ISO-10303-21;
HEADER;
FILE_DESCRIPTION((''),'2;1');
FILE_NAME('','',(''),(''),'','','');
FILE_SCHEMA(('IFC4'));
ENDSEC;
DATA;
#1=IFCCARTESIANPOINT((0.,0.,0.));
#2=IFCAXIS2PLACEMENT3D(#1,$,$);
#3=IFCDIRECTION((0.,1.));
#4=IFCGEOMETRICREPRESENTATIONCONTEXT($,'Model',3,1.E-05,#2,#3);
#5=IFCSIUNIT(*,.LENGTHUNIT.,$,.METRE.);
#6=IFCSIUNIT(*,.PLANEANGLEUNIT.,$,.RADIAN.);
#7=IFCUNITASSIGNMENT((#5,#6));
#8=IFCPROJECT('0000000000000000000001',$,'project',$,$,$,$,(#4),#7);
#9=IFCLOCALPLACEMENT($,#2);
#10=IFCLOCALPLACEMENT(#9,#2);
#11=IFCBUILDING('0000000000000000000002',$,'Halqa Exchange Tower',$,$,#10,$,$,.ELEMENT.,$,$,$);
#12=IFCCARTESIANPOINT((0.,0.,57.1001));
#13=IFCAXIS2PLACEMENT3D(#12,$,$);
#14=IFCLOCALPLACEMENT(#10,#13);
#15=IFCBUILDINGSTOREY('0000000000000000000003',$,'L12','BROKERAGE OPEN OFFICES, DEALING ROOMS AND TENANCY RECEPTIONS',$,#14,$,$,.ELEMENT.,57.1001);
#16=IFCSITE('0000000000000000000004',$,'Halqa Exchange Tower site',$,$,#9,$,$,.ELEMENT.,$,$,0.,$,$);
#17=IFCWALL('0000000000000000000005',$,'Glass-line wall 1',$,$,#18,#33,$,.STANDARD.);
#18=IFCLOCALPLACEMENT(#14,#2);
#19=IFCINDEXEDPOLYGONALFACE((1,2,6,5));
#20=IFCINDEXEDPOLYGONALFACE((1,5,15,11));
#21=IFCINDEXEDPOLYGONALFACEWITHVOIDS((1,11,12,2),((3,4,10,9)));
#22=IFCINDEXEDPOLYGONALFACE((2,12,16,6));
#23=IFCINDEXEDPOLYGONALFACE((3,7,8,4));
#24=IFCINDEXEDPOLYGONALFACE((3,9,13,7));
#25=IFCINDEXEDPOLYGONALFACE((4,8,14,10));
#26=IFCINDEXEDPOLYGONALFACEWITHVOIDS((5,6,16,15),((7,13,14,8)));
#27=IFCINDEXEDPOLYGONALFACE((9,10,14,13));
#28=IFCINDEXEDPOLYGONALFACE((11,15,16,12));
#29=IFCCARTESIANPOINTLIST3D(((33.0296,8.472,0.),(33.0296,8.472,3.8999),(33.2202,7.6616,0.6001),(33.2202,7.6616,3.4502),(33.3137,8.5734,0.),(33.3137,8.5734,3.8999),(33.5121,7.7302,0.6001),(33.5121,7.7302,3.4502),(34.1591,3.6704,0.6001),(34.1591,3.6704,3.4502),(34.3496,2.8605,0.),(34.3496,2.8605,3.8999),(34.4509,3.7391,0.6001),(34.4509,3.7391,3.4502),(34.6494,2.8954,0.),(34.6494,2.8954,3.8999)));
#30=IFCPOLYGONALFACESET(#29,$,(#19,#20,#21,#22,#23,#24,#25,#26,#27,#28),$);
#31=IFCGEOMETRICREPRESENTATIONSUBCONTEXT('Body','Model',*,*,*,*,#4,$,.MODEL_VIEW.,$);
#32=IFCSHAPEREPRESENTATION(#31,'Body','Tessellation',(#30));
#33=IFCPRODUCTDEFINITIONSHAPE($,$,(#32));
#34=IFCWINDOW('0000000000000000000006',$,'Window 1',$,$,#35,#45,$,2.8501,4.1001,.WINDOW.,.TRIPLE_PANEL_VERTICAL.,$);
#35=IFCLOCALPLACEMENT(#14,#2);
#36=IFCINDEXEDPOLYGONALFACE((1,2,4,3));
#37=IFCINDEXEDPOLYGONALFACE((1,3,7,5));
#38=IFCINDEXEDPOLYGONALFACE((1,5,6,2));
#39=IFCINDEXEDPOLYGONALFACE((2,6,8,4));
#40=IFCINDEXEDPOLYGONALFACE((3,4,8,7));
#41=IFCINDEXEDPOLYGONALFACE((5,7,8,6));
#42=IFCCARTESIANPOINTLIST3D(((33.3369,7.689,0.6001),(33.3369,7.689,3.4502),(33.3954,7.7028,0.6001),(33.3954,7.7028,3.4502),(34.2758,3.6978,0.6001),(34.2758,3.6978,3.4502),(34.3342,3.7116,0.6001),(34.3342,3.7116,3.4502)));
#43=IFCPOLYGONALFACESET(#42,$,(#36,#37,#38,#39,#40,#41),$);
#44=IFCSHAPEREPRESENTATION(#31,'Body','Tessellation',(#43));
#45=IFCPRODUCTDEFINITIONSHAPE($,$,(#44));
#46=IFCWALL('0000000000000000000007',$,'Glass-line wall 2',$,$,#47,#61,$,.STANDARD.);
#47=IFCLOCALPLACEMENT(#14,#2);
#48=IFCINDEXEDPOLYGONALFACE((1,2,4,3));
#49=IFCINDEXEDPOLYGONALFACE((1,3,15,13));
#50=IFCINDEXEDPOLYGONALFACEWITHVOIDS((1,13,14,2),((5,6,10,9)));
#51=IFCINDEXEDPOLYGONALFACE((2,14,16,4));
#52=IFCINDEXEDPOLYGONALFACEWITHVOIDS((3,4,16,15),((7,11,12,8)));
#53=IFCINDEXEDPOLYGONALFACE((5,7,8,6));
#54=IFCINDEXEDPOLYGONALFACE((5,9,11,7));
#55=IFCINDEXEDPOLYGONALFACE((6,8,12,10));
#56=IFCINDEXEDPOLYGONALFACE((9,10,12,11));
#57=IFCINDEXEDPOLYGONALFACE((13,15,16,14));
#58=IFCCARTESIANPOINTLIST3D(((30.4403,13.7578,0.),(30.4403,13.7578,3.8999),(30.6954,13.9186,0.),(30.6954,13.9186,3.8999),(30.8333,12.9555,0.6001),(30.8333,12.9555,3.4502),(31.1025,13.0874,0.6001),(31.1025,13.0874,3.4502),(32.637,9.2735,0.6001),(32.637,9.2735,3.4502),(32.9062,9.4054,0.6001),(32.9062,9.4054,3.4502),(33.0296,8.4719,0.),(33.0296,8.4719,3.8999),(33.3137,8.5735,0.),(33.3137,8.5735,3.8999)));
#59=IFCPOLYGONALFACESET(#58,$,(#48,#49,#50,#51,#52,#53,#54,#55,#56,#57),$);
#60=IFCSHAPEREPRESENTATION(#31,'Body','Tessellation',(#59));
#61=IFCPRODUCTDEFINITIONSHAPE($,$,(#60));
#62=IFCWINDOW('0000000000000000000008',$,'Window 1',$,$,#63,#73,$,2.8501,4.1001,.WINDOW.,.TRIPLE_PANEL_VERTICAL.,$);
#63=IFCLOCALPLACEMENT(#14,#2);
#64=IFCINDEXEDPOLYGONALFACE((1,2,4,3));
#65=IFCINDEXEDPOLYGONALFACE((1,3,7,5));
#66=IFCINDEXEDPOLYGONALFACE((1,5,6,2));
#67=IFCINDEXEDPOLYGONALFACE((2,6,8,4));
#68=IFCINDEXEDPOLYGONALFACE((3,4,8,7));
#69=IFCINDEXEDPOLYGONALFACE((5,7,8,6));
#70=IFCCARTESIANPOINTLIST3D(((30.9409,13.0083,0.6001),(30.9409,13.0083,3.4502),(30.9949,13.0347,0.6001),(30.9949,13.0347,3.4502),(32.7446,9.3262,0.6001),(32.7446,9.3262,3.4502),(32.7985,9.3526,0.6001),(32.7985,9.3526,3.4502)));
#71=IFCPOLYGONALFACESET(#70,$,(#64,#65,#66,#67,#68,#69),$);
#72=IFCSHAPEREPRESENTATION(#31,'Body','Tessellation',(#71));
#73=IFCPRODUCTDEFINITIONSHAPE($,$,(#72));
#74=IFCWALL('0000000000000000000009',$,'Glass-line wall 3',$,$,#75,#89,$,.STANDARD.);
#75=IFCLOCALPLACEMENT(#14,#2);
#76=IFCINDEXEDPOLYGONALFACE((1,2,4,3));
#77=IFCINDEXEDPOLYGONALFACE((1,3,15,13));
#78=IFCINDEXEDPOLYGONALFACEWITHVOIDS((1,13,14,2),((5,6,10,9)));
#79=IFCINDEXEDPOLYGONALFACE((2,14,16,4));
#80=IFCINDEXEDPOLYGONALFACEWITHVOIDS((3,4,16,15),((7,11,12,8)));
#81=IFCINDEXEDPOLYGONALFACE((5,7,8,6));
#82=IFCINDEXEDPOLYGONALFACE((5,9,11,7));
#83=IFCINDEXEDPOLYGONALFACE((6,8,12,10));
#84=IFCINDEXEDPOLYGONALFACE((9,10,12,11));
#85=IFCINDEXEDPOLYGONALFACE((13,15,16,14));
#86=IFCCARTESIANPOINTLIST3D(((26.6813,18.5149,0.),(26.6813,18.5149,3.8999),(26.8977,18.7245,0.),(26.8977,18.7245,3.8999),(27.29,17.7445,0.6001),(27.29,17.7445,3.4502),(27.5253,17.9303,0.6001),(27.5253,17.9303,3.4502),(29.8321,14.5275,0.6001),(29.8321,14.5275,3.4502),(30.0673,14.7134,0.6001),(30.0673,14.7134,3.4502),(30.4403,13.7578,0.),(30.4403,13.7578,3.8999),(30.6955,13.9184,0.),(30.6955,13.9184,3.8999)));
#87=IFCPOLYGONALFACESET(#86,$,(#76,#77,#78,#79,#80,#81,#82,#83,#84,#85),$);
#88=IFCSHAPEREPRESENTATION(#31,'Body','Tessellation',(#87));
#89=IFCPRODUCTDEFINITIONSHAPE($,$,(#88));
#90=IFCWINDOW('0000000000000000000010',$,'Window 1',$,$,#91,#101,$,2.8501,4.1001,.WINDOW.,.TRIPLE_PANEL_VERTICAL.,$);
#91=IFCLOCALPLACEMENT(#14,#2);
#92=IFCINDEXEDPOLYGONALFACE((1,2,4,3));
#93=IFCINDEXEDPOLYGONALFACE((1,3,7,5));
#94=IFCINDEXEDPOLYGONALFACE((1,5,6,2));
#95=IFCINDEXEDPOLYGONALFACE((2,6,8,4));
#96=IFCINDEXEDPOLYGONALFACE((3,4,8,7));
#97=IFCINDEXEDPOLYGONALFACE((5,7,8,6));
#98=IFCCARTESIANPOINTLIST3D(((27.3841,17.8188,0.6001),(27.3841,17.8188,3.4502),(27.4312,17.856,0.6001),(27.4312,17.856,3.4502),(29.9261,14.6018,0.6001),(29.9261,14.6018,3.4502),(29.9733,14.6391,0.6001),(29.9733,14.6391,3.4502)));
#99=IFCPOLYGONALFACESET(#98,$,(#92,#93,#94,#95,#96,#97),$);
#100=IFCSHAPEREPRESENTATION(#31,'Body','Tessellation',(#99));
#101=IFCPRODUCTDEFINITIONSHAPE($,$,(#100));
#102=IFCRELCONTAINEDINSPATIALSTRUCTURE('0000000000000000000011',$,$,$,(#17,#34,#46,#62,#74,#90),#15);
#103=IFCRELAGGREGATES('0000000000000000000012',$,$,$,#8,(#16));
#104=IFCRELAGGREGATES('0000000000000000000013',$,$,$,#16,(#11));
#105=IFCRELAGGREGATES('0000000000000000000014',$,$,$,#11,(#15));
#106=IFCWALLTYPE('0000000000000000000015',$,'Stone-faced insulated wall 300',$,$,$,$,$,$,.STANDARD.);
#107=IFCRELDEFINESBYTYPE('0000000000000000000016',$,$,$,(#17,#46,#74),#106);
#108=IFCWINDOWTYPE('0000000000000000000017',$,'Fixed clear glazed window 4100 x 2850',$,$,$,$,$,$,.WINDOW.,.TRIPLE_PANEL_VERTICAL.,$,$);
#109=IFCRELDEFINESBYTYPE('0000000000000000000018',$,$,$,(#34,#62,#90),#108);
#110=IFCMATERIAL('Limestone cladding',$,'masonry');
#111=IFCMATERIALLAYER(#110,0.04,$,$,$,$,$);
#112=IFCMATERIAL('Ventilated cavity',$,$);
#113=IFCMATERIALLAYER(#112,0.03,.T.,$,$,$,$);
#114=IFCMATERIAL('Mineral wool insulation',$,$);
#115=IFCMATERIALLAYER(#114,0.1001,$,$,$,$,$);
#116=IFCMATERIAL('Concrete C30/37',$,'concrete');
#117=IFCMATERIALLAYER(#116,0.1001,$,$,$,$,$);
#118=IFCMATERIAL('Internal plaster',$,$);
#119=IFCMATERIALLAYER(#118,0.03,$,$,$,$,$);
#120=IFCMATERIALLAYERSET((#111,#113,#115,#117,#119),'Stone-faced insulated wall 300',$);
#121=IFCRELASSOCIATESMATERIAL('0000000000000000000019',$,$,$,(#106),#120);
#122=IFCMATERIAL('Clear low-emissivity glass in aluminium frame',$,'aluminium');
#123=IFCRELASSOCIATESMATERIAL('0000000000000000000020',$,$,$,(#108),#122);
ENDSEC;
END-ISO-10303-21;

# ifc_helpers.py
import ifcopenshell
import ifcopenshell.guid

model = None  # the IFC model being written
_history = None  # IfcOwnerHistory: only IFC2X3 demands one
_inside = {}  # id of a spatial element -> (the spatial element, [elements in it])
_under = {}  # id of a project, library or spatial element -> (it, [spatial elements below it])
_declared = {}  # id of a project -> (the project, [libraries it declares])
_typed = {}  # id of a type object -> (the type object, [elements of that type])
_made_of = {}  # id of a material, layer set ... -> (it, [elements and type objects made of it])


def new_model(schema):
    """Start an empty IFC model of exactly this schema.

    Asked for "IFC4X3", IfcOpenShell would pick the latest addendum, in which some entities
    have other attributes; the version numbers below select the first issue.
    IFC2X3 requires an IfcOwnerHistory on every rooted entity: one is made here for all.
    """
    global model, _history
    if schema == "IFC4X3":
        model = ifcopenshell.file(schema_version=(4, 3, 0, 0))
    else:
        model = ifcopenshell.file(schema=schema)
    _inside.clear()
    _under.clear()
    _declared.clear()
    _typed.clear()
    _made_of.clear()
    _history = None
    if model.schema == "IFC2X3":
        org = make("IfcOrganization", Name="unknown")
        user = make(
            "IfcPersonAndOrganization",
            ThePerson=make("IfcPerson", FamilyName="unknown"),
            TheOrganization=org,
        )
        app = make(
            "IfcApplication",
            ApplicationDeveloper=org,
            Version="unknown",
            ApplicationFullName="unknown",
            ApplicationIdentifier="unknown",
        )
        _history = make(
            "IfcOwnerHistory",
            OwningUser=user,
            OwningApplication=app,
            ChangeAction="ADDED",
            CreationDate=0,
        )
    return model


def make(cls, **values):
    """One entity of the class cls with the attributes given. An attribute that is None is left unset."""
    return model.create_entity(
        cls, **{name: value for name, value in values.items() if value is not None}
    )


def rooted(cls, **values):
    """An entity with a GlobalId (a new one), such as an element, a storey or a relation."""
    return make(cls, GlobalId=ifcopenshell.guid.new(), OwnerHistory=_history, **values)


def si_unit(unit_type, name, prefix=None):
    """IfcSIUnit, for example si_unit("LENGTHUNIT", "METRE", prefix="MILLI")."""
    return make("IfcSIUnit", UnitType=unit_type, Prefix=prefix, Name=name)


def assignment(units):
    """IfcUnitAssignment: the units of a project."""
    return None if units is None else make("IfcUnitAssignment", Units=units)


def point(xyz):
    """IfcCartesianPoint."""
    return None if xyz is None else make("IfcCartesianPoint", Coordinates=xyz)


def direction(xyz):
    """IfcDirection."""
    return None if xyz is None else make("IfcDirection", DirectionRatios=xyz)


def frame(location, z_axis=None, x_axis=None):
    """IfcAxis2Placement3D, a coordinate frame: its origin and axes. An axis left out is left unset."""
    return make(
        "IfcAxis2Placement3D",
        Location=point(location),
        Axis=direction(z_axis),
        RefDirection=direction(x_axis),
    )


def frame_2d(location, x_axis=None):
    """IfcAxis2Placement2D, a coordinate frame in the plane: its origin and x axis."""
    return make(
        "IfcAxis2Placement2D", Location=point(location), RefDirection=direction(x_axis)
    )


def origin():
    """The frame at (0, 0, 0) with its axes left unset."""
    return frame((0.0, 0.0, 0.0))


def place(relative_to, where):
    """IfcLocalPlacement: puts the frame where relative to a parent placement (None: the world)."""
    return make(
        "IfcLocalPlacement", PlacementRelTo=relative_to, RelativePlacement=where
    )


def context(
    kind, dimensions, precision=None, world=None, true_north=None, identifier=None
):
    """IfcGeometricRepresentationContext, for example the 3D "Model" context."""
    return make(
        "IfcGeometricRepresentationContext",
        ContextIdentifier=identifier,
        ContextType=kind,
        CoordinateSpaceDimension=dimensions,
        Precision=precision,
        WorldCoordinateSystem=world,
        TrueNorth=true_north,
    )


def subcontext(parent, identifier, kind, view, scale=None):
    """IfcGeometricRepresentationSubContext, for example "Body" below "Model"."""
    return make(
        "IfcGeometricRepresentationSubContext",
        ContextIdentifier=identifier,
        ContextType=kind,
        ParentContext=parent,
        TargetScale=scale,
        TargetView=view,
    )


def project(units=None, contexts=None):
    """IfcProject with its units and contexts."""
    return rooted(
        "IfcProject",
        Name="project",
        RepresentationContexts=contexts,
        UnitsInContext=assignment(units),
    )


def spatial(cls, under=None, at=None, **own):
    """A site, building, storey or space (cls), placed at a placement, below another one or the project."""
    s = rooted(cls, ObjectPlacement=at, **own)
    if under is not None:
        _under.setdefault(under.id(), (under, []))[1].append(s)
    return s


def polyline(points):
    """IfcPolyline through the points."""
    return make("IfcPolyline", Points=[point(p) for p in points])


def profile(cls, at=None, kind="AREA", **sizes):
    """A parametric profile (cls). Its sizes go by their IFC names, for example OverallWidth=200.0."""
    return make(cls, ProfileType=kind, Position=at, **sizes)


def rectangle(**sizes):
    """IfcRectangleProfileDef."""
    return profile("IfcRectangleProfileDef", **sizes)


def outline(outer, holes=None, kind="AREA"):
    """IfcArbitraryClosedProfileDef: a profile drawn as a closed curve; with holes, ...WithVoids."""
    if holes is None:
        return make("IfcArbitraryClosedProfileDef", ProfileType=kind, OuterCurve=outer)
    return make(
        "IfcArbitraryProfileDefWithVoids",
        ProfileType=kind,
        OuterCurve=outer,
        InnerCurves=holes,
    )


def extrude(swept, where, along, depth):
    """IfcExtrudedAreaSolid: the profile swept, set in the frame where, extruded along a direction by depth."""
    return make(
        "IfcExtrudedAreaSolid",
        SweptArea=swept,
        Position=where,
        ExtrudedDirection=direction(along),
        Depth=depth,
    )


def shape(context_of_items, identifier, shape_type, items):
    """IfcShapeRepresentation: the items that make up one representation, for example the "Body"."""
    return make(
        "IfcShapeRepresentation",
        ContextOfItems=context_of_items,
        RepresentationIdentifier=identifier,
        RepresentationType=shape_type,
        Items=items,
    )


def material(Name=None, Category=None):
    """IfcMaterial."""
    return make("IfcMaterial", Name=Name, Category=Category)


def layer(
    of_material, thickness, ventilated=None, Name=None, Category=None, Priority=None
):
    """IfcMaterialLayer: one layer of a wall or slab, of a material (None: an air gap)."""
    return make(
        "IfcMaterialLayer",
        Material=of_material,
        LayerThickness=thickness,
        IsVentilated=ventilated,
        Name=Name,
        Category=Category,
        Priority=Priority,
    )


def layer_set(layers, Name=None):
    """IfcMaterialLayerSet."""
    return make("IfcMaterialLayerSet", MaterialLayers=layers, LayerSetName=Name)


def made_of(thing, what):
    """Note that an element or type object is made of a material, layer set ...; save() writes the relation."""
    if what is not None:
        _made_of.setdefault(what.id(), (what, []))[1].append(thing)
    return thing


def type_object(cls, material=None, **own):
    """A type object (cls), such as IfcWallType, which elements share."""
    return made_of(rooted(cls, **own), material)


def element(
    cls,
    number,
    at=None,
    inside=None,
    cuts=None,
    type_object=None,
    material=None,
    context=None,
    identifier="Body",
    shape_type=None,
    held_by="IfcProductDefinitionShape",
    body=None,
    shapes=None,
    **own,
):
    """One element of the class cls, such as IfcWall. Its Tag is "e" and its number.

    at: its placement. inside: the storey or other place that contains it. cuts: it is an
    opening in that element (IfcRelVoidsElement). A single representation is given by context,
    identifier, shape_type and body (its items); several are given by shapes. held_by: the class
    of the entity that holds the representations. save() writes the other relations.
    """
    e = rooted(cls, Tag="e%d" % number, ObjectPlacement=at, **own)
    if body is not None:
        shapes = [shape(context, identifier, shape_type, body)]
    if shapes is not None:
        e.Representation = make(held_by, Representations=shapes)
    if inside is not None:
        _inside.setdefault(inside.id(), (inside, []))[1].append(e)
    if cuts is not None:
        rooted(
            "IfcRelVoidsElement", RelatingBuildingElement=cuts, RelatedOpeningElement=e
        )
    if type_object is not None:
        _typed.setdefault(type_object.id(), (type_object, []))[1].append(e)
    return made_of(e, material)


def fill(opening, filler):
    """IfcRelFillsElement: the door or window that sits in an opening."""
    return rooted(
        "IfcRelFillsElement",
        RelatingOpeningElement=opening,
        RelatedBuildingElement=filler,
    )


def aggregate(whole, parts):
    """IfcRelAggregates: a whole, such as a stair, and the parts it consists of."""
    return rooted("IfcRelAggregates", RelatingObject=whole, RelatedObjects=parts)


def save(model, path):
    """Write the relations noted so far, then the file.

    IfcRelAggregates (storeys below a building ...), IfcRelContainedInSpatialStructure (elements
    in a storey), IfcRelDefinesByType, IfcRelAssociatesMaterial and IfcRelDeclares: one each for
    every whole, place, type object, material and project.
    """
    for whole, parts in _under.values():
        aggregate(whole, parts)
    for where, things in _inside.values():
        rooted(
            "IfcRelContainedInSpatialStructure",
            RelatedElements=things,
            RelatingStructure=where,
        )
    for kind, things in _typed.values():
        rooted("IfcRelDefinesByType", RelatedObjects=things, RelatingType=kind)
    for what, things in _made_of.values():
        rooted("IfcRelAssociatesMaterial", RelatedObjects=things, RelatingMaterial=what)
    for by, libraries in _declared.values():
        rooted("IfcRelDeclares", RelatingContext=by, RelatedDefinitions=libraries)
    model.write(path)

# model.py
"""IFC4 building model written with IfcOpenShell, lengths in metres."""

from ifc_helpers import new_model, si_unit, direction, frame, frame_2d, origin, place, context, subcontext, project, spatial, polyline, rectangle, outline, extrude, material, layer, layer_set, type_object, element, fill, save


model = new_model("IFC4")

# Units and contexts
model_context = context("Model", 3, precision=1e-05, world=origin(), true_north=direction((0.0, 1.0)))
body_context = subcontext(model_context, "Body", "Model", "MODEL_VIEW")
ifc_project = project(units=[si_unit("LENGTHUNIT", "METRE"), si_unit("PLANEANGLEUNIT", "RADIAN")], contexts=[model_context])

# Site, building, storey
site_placement = place(None, origin())
site = spatial("IfcSite", under=ifc_project, at=site_placement, Name="Halqa Exchange Tower site", CompositionType="ELEMENT", RefElevation=0.0)
building_placement = place(site_placement, origin())
building = spatial("IfcBuilding", under=site, at=building_placement, Name="Halqa Exchange Tower", CompositionType="ELEMENT")
storey_placement = place(building_placement, frame((0.0, 0.0, 57.1001)))
storey = spatial("IfcBuildingStorey", under=building, at=storey_placement, Name="L12", Description="BROKERAGE OPEN OFFICES, DEALING ROOMS AND TENANCY RECEPTIONS", CompositionType="ELEMENT", Elevation=57.1001)

# Walls, openings, windows
ifc_material_1 = material(Name="Limestone cladding", Category="masonry")
ifc_layer_1 = layer(ifc_material_1, 0.04)
ifc_material_2 = material(Name="Ventilated cavity")
ifc_layer_2 = layer(ifc_material_2, 0.03, ventilated=True)
ifc_material_3 = material(Name="Mineral wool insulation")
ifc_layer_3 = layer(ifc_material_3, 0.1001)
ifc_material_4 = material(Name="Concrete C30/37", Category="concrete")
ifc_layer_4 = layer(ifc_material_4, 0.1001)
ifc_material_5 = material(Name="Internal plaster")
ifc_layer_5 = layer(ifc_material_5, 0.03)
ifc_layer_set_1 = layer_set([ifc_layer_1, ifc_layer_2, ifc_layer_3, ifc_layer_4, ifc_layer_5], Name="Stone-faced insulated wall 300")
wall_type_1 = type_object("IfcWallType", Name="Stone-faced insulated wall 300", PredefinedType="STANDARD", material=ifc_layer_set_1)
wall_1_placement = place(storey_placement, frame((34.4995, 2.8779, 0.0), z_axis=(0.0, 0.0, 1.0), x_axis=(-0.22899, 0.973429, 0.0)))
wall_1 = element("IfcWall", 1, at=wall_1_placement, inside=storey, type_object=wall_type_1, Name="Glass-line wall 1", PredefinedType="STANDARD", context=body_context, shape_type="SweptSolid", body=[
    extrude(outline(polyline([(-0.0173, -0.1499), (5.8157, -0.1499), (5.782, 0.1499), (0.0173, 0.1499), (-0.0173, -0.1499)])), origin(), (0.0, 0.0, 1.0), 3.8999),
])
opening_1_placement = place(wall_1_placement, frame((0.8494, 0.0, 0.6001)))
opening_1 = element("IfcOpeningElement", 2, at=opening_1_placement, cuts=wall_1, PredefinedType="OPENING", context=body_context, shape_type="SweptSolid", body=[
    extrude(rectangle(XDim=4.1001, YDim=2.8501, at=frame_2d((2.05, 1.425))), frame((0.0, 0.1621, 0.0), z_axis=(0.0, -1.0, 0.0), x_axis=(1.0, 0.0, 0.0)), (0.0, 0.0, 1.0), 0.324),
])
ifc_material_6 = material(Name="Clear low-emissivity glass in aluminium frame", Category="aluminium")
window_type = type_object("IfcWindowType", Name="Fixed clear glazed window 4100 x 2850", PartitioningType="TRIPLE_PANEL_VERTICAL", PredefinedType="WINDOW", material=ifc_material_6)
window_1_placement = place(opening_1_placement, origin())
window_1 = element("IfcWindow", 3, at=window_1_placement, inside=storey, type_object=window_type, Name="Window 1", OverallHeight=2.8501, OverallWidth=4.1001, PartitioningType="TRIPLE_PANEL_VERTICAL", PredefinedType="WINDOW", context=body_context, shape_type="SweptSolid", body=[
    extrude(rectangle(XDim=4.1001, YDim=2.8501, at=frame_2d((2.05, 1.425))), frame((0.0, 0.03, 0.0), z_axis=(0.0, -1.0, 0.0), x_axis=(1.0, 0.0, 0.0)), (0.0, 0.0, 1.0), 0.0601),
])
fill(opening_1, window_1)
wall_2_placement = place(storey_placement, frame((33.1716, 8.5227, 0.0), z_axis=(0.0, 0.0, 1.0), x_axis=(-0.439906, 0.898044, 0.0)))
wall_2 = element("IfcWall", 4, at=wall_2_placement, inside=storey, type_object=wall_type_1, Name="Glass-line wall 2", PredefinedType="STANDARD", context=body_context, shape_type="SweptSolid", body=[
    extrude(outline(polyline([(-0.0168, -0.1499), (5.9351, -0.1499), (5.9028, 0.1499), (0.0168, 0.1499), (-0.0168, -0.1499)])), origin(), (0.0, 0.0, 1.0), 3.8999),
])
opening_2_placement = place(wall_2_placement, frame((0.9094, 0.0, 0.6001)))
opening_2 = element("IfcOpeningElement", 5, at=opening_2_placement, cuts=wall_2, PredefinedType="OPENING", context=body_context, shape_type="SweptSolid", body=[
    extrude(rectangle(XDim=4.1001, YDim=2.8501, at=frame_2d((2.05, 1.425))), frame((0.0, 0.1621, 0.0), z_axis=(0.0, -1.0, 0.0), x_axis=(1.0, 0.0, 0.0)), (0.0, 0.0, 1.0), 0.324),
])
window_2_placement = place(opening_2_placement, origin())
window_2 = element("IfcWindow", 6, at=window_2_placement, inside=storey, type_object=window_type, Name="Window 1", OverallHeight=2.8501, OverallWidth=4.1001, PartitioningType="TRIPLE_PANEL_VERTICAL", PredefinedType="WINDOW", context=body_context, shape_type="SweptSolid", body=[
    extrude(rectangle(XDim=4.1001, YDim=2.8501, at=frame_2d((2.05, 1.425))), frame((0.0, 0.03, 0.0), z_axis=(0.0, -1.0, 0.0), x_axis=(1.0, 0.0, 0.0)), (0.0, 0.0, 1.0), 0.0601),
])
fill(opening_2, window_2)
wall_3_placement = place(storey_placement, frame((30.5679, 13.8381, 0.0), z_axis=(0.0, 0.0, 1.0), x_axis=(-0.619994, 0.784607, 0.0)))
wall_3 = element("IfcWall", 7, at=wall_3_placement, inside=storey, type_object=wall_type_1, Name="Glass-line wall 3", PredefinedType="STANDARD", context=body_context, shape_type="SweptSolid", body=[
    extrude(outline(polyline([(-0.0161, -0.1499), (6.1094, -0.1499), (6.0791, 0.1499), (0.0161, 0.1499), (-0.0161, -0.1499)])), origin(), (0.0, 0.0, 1.0), 3.8999),
])
opening_3_placement = place(wall_3_placement, frame((0.9971, 0.0, 0.6001)))
opening_3 = element("IfcOpeningElement", 8, at=opening_3_placement, cuts=wall_3, PredefinedType="OPENING", context=body_context, shape_type="SweptSolid", body=[
    extrude(rectangle(XDim=4.1001, YDim=2.8501, at=frame_2d((2.05, 1.425))), frame((0.0, 0.1621, 0.0), z_axis=(0.0, -1.0, 0.0), x_axis=(1.0, 0.0, 0.0)), (0.0, 0.0, 1.0), 0.324),
])
window_3_placement = place(opening_3_placement, origin())
window_3 = element("IfcWindow", 9, at=window_3_placement, inside=storey, type_object=window_type, Name="Window 1", OverallHeight=2.8501, OverallWidth=4.1001, PartitioningType="TRIPLE_PANEL_VERTICAL", PredefinedType="WINDOW", context=body_context, shape_type="SweptSolid", body=[
    extrude(rectangle(XDim=4.1001, YDim=2.8501, at=frame_2d((2.05, 1.425))), frame((0.0, 0.03, 0.0), z_axis=(0.0, -1.0, 0.0), x_axis=(1.0, 0.0, 0.0)), (0.0, 0.0, 1.0), 0.0601),
])
fill(opening_3, window_3)

save(model, "model.ifc")
